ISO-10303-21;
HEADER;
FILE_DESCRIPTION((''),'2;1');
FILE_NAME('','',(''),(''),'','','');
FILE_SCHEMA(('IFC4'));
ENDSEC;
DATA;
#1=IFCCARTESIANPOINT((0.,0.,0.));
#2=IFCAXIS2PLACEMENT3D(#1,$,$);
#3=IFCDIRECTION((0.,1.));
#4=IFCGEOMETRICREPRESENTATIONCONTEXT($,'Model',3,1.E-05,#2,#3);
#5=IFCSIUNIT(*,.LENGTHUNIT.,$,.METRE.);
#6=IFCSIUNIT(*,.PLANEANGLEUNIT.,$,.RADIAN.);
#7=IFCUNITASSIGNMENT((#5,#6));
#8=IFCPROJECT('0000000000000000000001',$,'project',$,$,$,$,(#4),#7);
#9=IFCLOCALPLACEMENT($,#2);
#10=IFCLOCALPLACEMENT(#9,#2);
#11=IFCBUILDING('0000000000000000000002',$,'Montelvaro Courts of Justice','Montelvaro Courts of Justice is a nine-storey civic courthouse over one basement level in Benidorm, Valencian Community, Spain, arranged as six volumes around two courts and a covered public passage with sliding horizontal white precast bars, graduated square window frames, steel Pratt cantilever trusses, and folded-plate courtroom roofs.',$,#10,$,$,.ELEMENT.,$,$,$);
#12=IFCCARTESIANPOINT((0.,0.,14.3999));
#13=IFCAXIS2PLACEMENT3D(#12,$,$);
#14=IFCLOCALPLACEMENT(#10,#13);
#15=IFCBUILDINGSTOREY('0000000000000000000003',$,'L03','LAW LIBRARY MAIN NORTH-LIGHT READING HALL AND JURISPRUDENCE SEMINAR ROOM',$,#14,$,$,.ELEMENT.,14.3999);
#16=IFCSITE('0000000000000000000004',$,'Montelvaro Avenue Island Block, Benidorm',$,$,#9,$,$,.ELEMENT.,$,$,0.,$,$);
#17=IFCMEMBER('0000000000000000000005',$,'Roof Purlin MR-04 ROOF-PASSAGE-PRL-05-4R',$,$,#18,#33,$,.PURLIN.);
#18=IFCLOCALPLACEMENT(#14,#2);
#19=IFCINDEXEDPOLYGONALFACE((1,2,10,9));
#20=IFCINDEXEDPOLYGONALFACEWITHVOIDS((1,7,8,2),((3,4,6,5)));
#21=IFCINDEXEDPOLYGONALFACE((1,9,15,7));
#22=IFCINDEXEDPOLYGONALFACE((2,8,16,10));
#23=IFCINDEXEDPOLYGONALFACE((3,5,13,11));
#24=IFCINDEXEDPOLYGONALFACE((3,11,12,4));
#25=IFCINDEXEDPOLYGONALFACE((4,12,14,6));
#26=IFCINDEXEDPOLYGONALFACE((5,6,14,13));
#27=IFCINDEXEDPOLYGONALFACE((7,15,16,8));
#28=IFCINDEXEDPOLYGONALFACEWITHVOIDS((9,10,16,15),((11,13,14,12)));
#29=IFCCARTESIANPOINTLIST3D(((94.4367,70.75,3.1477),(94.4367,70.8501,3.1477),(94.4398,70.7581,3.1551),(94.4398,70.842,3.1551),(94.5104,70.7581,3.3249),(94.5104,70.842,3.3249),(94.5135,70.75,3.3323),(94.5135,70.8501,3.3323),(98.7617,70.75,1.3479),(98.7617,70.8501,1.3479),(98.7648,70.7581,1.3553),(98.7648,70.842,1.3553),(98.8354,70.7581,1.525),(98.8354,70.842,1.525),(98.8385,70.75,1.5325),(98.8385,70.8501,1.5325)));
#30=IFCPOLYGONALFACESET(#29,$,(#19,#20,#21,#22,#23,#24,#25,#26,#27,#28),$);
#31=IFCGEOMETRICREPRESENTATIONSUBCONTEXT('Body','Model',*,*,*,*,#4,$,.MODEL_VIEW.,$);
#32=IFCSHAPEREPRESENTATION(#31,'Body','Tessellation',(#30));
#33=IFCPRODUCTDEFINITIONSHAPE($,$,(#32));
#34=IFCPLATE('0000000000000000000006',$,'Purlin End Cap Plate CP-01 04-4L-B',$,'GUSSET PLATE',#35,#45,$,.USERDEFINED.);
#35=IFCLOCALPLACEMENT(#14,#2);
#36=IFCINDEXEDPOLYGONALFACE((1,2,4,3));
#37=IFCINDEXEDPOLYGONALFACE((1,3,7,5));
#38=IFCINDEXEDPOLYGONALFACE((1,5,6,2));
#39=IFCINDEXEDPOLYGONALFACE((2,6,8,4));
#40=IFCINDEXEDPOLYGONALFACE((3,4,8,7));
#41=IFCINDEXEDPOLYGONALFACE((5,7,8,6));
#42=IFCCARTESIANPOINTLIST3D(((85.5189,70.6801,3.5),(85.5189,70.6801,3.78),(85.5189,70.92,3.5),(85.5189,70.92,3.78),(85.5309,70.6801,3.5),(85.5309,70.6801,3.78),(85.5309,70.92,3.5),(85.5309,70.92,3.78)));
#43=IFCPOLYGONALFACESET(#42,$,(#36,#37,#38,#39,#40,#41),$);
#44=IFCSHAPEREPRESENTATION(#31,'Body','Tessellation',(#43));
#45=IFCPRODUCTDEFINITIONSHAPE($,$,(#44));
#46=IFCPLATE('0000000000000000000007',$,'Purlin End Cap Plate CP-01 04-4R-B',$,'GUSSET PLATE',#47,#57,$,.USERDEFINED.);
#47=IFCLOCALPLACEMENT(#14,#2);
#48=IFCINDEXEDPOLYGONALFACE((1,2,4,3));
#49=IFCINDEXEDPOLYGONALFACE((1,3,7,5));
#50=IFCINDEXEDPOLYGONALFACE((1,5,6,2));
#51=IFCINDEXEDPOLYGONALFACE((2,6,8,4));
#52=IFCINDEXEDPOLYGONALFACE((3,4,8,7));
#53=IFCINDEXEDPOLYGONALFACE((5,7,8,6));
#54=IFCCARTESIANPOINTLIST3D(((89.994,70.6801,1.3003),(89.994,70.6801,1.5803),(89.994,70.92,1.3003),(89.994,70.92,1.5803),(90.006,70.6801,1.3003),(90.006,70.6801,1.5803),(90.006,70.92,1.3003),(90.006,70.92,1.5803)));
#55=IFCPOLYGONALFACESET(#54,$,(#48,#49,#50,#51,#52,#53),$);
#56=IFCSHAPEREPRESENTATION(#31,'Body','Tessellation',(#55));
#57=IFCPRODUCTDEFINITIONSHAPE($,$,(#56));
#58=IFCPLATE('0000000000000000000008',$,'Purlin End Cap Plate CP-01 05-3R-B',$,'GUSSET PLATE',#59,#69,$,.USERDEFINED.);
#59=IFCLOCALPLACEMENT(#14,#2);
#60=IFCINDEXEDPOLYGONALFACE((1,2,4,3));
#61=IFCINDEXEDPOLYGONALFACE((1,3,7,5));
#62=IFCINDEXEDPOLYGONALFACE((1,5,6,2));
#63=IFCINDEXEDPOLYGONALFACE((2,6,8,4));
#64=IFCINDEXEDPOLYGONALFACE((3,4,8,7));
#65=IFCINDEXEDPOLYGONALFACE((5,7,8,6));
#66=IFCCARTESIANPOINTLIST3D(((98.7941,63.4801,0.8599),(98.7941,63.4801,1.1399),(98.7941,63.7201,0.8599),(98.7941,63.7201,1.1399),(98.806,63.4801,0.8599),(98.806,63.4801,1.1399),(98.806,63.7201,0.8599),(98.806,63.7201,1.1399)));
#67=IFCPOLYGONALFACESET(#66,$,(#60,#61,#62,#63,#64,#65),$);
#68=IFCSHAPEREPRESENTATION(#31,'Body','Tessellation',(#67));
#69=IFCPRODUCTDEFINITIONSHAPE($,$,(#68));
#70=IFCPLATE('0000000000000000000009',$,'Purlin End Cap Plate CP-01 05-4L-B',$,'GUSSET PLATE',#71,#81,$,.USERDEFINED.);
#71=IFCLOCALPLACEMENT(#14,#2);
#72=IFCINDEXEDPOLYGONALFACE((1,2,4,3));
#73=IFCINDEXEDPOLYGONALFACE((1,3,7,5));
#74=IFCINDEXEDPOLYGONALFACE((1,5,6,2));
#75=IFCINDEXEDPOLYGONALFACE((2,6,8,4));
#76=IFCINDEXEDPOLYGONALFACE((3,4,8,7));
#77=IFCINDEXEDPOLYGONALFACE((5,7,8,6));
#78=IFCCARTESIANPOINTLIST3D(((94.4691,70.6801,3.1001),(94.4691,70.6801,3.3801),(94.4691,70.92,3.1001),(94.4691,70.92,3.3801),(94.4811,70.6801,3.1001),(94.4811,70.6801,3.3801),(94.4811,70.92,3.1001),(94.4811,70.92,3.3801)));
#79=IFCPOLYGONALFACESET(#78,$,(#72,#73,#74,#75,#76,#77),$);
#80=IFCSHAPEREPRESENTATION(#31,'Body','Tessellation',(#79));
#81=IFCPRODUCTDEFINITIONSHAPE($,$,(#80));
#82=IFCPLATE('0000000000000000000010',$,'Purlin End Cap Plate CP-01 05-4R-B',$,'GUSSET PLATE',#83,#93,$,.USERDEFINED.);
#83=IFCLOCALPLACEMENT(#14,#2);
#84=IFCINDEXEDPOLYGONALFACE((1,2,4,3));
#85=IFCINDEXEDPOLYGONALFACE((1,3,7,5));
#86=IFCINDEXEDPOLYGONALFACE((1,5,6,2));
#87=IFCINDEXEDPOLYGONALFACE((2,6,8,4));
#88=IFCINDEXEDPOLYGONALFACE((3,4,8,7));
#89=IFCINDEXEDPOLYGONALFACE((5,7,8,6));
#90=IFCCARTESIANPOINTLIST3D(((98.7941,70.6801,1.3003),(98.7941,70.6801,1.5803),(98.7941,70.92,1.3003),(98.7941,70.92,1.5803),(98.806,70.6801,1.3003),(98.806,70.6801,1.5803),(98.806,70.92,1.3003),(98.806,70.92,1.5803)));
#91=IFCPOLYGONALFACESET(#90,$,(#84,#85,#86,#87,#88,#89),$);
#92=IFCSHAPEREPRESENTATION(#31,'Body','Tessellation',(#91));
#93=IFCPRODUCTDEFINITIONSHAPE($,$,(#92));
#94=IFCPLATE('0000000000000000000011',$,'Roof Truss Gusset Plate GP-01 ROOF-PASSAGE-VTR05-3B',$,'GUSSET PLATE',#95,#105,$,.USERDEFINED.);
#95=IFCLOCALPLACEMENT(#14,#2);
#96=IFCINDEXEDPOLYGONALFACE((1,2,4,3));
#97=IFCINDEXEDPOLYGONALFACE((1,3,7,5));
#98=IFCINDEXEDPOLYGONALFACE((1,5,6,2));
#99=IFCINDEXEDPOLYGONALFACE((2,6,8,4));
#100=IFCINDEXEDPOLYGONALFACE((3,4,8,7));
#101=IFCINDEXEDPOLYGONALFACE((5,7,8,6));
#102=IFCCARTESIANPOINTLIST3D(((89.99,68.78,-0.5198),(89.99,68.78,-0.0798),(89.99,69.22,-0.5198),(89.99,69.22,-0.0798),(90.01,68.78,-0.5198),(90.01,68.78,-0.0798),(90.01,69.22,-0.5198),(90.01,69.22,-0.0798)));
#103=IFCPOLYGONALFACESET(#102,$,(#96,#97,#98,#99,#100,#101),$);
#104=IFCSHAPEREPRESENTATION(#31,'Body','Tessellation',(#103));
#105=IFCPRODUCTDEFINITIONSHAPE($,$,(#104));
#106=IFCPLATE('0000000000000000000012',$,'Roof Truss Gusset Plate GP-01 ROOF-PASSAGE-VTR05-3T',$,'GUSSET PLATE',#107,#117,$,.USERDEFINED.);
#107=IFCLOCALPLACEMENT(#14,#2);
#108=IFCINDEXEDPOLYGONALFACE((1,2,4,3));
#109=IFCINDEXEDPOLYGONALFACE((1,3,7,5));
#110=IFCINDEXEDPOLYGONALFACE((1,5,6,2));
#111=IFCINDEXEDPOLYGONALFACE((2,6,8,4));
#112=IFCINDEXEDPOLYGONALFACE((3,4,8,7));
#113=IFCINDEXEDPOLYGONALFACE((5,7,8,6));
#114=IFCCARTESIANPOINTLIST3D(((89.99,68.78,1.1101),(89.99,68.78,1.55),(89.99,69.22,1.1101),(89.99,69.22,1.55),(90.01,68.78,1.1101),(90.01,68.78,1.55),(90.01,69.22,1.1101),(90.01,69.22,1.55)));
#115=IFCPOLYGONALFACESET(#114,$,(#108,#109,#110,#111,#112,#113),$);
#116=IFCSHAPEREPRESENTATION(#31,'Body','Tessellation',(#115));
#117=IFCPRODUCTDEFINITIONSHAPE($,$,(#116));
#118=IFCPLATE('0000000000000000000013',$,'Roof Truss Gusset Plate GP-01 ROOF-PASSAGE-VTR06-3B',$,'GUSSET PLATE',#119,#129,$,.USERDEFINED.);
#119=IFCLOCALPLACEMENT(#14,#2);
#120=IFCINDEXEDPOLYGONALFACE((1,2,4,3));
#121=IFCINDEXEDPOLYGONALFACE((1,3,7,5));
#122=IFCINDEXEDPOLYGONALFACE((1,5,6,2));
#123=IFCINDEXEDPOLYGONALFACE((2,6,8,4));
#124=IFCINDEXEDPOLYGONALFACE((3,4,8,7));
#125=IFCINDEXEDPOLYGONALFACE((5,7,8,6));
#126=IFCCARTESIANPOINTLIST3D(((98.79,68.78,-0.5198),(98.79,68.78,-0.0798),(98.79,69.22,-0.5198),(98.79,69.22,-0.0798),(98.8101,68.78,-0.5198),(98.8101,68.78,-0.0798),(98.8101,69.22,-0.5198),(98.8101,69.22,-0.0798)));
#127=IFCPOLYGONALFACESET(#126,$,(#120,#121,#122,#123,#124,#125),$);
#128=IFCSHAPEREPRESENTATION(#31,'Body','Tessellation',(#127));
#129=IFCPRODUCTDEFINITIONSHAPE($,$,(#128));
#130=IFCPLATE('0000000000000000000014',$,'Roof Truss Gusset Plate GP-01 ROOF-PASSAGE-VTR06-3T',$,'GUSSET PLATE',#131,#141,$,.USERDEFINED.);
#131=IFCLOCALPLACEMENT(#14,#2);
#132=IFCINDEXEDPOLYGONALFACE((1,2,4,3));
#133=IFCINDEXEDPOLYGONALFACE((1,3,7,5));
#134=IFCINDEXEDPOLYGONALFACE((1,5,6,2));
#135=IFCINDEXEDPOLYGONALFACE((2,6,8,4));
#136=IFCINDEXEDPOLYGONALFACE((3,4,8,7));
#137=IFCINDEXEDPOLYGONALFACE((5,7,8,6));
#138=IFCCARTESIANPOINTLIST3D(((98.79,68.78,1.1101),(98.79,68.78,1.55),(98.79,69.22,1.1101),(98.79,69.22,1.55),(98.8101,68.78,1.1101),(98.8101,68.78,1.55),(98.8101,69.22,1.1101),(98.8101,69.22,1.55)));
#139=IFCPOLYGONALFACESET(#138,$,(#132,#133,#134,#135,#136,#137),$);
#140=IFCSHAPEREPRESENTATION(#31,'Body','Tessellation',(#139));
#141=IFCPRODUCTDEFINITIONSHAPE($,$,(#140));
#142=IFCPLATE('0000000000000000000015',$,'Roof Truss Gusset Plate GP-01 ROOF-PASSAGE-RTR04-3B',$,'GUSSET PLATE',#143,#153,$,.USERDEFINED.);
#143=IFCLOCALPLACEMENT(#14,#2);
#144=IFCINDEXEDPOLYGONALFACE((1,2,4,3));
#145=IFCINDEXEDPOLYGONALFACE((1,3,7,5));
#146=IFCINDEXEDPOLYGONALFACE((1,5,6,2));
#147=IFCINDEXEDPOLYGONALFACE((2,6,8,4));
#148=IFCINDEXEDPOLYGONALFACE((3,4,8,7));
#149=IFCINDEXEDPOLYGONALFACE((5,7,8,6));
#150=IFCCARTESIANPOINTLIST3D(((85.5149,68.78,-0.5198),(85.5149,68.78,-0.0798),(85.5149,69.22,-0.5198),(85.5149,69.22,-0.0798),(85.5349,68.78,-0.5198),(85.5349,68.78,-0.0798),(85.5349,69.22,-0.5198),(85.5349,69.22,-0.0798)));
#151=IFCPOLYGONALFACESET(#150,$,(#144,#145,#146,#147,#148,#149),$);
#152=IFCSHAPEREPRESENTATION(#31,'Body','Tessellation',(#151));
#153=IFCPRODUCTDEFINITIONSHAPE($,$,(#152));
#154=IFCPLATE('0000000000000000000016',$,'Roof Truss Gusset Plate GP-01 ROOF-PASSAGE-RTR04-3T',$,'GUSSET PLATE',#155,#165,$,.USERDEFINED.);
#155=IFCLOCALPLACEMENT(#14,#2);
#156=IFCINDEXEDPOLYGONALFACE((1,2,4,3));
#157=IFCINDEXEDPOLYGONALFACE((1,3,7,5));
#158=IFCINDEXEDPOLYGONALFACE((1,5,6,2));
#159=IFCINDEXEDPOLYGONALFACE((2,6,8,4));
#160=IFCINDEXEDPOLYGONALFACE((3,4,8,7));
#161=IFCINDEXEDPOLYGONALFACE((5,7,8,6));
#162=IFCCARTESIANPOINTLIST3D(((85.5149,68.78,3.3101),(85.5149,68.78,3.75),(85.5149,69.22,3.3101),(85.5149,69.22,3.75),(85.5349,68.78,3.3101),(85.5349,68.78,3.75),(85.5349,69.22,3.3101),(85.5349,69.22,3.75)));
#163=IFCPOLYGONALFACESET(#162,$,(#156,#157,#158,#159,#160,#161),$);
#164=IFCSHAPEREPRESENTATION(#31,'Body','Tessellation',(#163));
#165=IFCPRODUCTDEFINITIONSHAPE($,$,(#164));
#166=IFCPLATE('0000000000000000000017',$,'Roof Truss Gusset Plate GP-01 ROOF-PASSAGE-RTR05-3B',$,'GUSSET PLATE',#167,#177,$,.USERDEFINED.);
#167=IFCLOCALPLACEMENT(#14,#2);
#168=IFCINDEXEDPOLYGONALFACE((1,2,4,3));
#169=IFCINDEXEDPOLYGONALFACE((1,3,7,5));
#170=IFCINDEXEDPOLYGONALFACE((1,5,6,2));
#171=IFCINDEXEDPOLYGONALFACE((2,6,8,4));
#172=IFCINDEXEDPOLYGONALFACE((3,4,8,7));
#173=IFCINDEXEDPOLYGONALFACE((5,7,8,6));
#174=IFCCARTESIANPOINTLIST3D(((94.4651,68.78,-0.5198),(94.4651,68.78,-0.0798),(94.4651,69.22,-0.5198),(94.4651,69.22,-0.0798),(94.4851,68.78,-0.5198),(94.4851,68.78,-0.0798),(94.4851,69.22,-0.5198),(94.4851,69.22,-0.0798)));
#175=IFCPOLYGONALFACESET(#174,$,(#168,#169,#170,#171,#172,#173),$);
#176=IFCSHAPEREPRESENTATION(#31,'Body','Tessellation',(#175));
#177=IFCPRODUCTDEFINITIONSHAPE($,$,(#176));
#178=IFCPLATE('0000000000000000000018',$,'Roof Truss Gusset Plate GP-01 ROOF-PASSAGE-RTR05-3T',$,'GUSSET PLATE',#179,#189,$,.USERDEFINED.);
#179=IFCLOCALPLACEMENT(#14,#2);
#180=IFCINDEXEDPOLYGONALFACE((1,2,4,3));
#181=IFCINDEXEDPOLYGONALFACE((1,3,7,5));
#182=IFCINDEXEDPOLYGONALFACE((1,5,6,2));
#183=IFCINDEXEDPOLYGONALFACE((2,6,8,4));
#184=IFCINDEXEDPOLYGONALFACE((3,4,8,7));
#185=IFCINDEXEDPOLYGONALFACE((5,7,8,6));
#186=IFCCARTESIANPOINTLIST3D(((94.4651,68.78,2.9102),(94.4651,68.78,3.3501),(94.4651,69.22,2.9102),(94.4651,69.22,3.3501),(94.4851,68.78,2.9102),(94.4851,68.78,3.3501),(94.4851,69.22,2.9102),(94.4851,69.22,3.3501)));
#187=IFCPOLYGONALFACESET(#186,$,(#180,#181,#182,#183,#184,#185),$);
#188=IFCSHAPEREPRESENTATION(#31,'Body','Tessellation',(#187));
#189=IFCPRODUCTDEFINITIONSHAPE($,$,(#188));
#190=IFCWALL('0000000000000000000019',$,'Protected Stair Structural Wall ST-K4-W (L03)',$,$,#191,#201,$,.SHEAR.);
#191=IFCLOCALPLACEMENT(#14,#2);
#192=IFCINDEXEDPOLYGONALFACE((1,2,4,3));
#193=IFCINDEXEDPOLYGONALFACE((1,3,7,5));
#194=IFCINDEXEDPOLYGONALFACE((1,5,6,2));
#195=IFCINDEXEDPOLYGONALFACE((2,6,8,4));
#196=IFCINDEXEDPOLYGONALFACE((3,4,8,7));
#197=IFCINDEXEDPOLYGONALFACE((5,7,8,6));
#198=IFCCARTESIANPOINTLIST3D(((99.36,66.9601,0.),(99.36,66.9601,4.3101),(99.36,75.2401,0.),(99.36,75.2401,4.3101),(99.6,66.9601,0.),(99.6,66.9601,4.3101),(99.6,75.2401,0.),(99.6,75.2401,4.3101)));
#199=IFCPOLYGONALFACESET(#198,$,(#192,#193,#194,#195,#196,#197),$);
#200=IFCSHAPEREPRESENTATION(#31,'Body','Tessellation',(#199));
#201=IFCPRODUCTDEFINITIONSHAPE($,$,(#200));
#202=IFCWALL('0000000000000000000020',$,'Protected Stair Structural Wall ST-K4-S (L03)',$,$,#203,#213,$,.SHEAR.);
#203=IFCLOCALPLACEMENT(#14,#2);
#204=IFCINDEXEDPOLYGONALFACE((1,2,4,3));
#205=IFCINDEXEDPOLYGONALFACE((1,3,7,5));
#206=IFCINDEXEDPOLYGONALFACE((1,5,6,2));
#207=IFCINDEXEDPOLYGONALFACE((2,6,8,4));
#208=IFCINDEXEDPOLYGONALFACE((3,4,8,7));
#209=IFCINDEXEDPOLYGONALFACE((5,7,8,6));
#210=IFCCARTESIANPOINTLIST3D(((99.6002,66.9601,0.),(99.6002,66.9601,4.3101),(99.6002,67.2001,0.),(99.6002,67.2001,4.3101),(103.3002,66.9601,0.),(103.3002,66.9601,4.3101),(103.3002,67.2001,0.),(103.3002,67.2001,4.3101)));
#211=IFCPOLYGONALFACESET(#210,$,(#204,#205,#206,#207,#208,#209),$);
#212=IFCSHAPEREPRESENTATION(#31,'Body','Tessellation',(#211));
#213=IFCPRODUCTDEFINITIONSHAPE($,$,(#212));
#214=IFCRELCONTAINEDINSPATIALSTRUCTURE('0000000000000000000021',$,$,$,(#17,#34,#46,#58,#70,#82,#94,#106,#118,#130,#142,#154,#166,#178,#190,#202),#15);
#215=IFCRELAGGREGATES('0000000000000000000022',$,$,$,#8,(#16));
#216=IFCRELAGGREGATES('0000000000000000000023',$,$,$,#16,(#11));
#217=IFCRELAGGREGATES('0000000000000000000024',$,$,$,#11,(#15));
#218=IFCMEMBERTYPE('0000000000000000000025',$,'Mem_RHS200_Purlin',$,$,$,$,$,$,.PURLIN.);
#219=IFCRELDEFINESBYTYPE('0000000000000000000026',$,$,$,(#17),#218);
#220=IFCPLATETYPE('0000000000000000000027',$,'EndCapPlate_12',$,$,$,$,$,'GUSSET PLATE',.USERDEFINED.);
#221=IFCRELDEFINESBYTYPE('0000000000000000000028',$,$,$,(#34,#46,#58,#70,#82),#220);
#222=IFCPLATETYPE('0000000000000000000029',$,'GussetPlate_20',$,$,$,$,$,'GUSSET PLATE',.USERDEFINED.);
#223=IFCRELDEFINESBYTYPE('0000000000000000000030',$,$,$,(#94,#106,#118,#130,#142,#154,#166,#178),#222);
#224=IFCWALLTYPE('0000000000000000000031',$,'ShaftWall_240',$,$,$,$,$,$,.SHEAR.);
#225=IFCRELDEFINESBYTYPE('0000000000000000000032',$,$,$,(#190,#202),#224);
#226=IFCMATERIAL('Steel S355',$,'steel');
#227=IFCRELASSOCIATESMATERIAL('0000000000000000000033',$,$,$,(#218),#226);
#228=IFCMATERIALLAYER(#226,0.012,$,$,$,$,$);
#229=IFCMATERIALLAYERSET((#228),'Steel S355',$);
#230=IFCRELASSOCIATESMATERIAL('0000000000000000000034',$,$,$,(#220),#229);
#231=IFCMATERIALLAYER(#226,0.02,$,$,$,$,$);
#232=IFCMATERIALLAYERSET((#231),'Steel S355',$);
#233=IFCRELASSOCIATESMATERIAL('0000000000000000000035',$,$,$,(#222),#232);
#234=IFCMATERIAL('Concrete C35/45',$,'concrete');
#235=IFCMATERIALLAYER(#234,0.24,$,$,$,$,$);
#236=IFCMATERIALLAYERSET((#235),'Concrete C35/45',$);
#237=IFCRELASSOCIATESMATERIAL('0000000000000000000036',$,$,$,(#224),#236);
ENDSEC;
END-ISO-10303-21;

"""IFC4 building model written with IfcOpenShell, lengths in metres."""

from ifc_helpers import new_model, si_unit, direction, frame, frame_2d, origin, origin_2d, place, context, subcontext, project, spatial, rectangle, hollow_rectangle, extrude, material, layer, layer_set, material_profile, profile_set, type_object, element, save


model = new_model("IFC4")

# Units and contexts
model_context = context("Model", 3, precision=1e-05, world=origin(), true_north=direction((0.0, 1.0)))
body_context = subcontext(model_context, "Body", "Model", "MODEL_VIEW")
ifc_project = project(units=[si_unit("LENGTHUNIT", "METRE"), si_unit("PLANEANGLEUNIT", "RADIAN")], contexts=[model_context])

# Site, building, storey
site_placement = place(None, origin())
site = spatial("IfcSite", under=ifc_project, at=site_placement, Name="Montelvaro Avenue Island Block, Benidorm", CompositionType="ELEMENT", RefElevation=0.0)
building_placement = place(site_placement, origin())
building = spatial("IfcBuilding", under=site, at=building_placement, Name="Montelvaro Courts of Justice", Description="Montelvaro Courts of Justice is a nine-storey civic courthouse over one basement level in Benidorm, Valencian Community, Spain, arranged as six volumes around two courts and a covered public passage with sliding horizontal white precast bars, graduated square window frames, steel Pratt cantilever trusses, and folded-plate courtroom roofs.", CompositionType="ELEMENT")
storey_placement = place(building_placement, frame((0.0, 0.0, 14.3999)))
storey = spatial("IfcBuildingStorey", under=building, at=storey_placement, Name="L03", Description="LAW LIBRARY MAIN NORTH-LIGHT READING HALL AND JURISPRUDENCE SEMINAR ROOM", CompositionType="ELEMENT", Elevation=14.3999)

# Shared definitions
ifc_material_1 = material(Name="Steel S355", Category="steel")

# Member
ifc_material_profile_1 = material_profile(ifc_material_1, hollow_rectangle(XDim=0.1001, YDim=0.2, WallThickness=0.0081, at=origin_2d()), Name="RHS 200x100x8")
ifc_profile_set_1 = profile_set([ifc_material_profile_1], Name="Steel S355")
member_type_1 = type_object("IfcMemberType", Name="Mem_RHS200_Purlin", PredefinedType="PURLIN", material=ifc_profile_set_1)
member_1_placement = place(storey_placement, frame((94.4751, 70.8, 3.24), z_axis=(0.923248, 0.0, -0.384205), x_axis=(0.0, 1.0, 0.0)))
element("IfcMember", 1, at=member_1_placement, inside=storey, type_object=member_type_1, Name="Roof Purlin MR-04 ROOF-PASSAGE-PRL-05-4R", PredefinedType="PURLIN", context=body_context, shape_type="SweptSolid", body=[
    extrude(hollow_rectangle(XDim=0.1001, YDim=0.2, WallThickness=0.0081, at=origin_2d()), origin(), (0.0, 0.0, 1.0), 4.6846),
])

# Plates
ifc_layer_1 = layer(ifc_material_1, 0.012)
ifc_layer_set_1 = layer_set([ifc_layer_1], Name="Steel S355")
plate_type_1 = type_object("IfcPlateType", Name="EndCapPlate_12", ElementType="GUSSET PLATE", PredefinedType="USERDEFINED", material=ifc_layer_set_1)
for number, where, z_axis, x_axis, name in (
    (2, (85.5249, 70.8, 3.5), (0.0, 0.0, 1.0), (1.0, 0.0, 0.0), "Purlin End Cap Plate CP-01 04-4L-B"),
    (3, (90.0, 70.8, 1.3003), (0.0, 0.0, 1.0), (1.0, 0.0, 0.0), "Purlin End Cap Plate CP-01 04-4R-B"),
    (4, (98.8, 63.6001, 0.8599), (0.0, 0.0, 1.0), (1.0, 0.0, 0.0), "Purlin End Cap Plate CP-01 05-3R-B"),
    (5, (94.4751, 70.8, 3.1001), (0.0, 0.0, 1.0), (1.0, 0.0, 0.0), "Purlin End Cap Plate CP-01 05-4L-B"),
    (6, (98.8, 70.8, 1.3003), (0.0, 0.0, 1.0), (1.0, 0.0, 0.0), "Purlin End Cap Plate CP-01 05-4R-B"),
):
    element("IfcPlate", number, at=place(storey_placement, frame(where, z_axis=z_axis, x_axis=x_axis)), inside=storey, type_object=plate_type_1, Name=name, ObjectType="GUSSET PLATE", PredefinedType="USERDEFINED", context=body_context, shape_type="SweptSolid", body=[
        extrude(rectangle(XDim=0.012, YDim=0.24, at=origin_2d()), origin(), (0.0, 0.0, 1.0), 0.28),
    ])
ifc_layer_2 = layer(ifc_material_1, 0.02)
ifc_layer_set_2 = layer_set([ifc_layer_2], Name="Steel S355")
plate_type_2 = type_object("IfcPlateType", Name="GussetPlate_20", ElementType="GUSSET PLATE", PredefinedType="USERDEFINED", material=ifc_layer_set_2)
for number, where, z_axis, x_axis, name in (
    (7, (90.0, 69.0, -0.5198), (0.0, 0.0, 1.0), (1.0, 0.0, 0.0), "Roof Truss Gusset Plate GP-01 ROOF-PASSAGE-VTR05-3B"),
    (8, (90.0, 69.0, 1.1101), (0.0, 0.0, 1.0), (1.0, 0.0, 0.0), "Roof Truss Gusset Plate GP-01 ROOF-PASSAGE-VTR05-3T"),
    (9, (98.8, 69.0, -0.5198), (0.0, 0.0, 1.0), (1.0, 0.0, 0.0), "Roof Truss Gusset Plate GP-01 ROOF-PASSAGE-VTR06-3B"),
    (10, (98.8, 69.0, 1.1101), (0.0, 0.0, 1.0), (1.0, 0.0, 0.0), "Roof Truss Gusset Plate GP-01 ROOF-PASSAGE-VTR06-3T"),
    (11, (85.5249, 69.0, -0.5198), (0.0, 0.0, 1.0), (1.0, 0.0, 0.0), "Roof Truss Gusset Plate GP-01 ROOF-PASSAGE-RTR04-3B"),
    (12, (85.5249, 69.0, 3.3101), (0.0, 0.0, 1.0), (1.0, 0.0, 0.0), "Roof Truss Gusset Plate GP-01 ROOF-PASSAGE-RTR04-3T"),
    (13, (94.4751, 69.0, -0.5198), (0.0, 0.0, 1.0), (1.0, 0.0, 0.0), "Roof Truss Gusset Plate GP-01 ROOF-PASSAGE-RTR05-3B"),
    (14, (94.4751, 69.0, 2.9102), (0.0, 0.0, 1.0), (1.0, 0.0, 0.0), "Roof Truss Gusset Plate GP-01 ROOF-PASSAGE-RTR05-3T"),
):
    element("IfcPlate", number, at=place(storey_placement, frame(where, z_axis=z_axis, x_axis=x_axis)), inside=storey, type_object=plate_type_2, Name=name, ObjectType="GUSSET PLATE", PredefinedType="USERDEFINED", context=body_context, shape_type="SweptSolid", body=[
        extrude(rectangle(XDim=0.02, YDim=0.4399, at=origin_2d()), origin(), (0.0, 0.0, 1.0), 0.4399),
    ])

# Walls
ifc_material_2 = material(Name="Concrete C35/45", Category="concrete")
ifc_layer_3 = layer(ifc_material_2, 0.24)
ifc_layer_set_3 = layer_set([ifc_layer_3], Name="Concrete C35/45")
wall_type = type_object("IfcWallType", Name="ShaftWall_240", PredefinedType="SHEAR", material=ifc_layer_set_3)
wall_1_placement = place(storey_placement, frame((99.48, 66.96, 0.0), z_axis=(0.0, 0.0, 1.0), x_axis=(0.0, 1.0, 0.0)))
element("IfcWall", 15, at=wall_1_placement, inside=storey, type_object=wall_type, Name="Protected Stair Structural Wall ST-K4-W (L03)", PredefinedType="SHEAR", context=body_context, shape_type="SweptSolid", body=[
    extrude(rectangle(XDim=8.28, YDim=0.24, at=frame_2d((4.1401, 0.0))), origin(), (0.0, 0.0, 1.0), 4.3101),
])
wall_2_placement = place(storey_placement, frame((99.6001, 67.0801, 0.0), z_axis=(0.0, 0.0, 1.0), x_axis=(1.0, 0.0, 0.0)))
element("IfcWall", 16, at=wall_2_placement, inside=storey, type_object=wall_type, Name="Protected Stair Structural Wall ST-K4-S (L03)", PredefinedType="SHEAR", context=body_context, shape_type="SweptSolid", body=[
    extrude(rectangle(XDim=3.7, YDim=0.24, at=frame_2d((1.8501, 0.0))), origin(), (0.0, 0.0, 1.0), 4.3101),
])

save(model, "model.ifc")
